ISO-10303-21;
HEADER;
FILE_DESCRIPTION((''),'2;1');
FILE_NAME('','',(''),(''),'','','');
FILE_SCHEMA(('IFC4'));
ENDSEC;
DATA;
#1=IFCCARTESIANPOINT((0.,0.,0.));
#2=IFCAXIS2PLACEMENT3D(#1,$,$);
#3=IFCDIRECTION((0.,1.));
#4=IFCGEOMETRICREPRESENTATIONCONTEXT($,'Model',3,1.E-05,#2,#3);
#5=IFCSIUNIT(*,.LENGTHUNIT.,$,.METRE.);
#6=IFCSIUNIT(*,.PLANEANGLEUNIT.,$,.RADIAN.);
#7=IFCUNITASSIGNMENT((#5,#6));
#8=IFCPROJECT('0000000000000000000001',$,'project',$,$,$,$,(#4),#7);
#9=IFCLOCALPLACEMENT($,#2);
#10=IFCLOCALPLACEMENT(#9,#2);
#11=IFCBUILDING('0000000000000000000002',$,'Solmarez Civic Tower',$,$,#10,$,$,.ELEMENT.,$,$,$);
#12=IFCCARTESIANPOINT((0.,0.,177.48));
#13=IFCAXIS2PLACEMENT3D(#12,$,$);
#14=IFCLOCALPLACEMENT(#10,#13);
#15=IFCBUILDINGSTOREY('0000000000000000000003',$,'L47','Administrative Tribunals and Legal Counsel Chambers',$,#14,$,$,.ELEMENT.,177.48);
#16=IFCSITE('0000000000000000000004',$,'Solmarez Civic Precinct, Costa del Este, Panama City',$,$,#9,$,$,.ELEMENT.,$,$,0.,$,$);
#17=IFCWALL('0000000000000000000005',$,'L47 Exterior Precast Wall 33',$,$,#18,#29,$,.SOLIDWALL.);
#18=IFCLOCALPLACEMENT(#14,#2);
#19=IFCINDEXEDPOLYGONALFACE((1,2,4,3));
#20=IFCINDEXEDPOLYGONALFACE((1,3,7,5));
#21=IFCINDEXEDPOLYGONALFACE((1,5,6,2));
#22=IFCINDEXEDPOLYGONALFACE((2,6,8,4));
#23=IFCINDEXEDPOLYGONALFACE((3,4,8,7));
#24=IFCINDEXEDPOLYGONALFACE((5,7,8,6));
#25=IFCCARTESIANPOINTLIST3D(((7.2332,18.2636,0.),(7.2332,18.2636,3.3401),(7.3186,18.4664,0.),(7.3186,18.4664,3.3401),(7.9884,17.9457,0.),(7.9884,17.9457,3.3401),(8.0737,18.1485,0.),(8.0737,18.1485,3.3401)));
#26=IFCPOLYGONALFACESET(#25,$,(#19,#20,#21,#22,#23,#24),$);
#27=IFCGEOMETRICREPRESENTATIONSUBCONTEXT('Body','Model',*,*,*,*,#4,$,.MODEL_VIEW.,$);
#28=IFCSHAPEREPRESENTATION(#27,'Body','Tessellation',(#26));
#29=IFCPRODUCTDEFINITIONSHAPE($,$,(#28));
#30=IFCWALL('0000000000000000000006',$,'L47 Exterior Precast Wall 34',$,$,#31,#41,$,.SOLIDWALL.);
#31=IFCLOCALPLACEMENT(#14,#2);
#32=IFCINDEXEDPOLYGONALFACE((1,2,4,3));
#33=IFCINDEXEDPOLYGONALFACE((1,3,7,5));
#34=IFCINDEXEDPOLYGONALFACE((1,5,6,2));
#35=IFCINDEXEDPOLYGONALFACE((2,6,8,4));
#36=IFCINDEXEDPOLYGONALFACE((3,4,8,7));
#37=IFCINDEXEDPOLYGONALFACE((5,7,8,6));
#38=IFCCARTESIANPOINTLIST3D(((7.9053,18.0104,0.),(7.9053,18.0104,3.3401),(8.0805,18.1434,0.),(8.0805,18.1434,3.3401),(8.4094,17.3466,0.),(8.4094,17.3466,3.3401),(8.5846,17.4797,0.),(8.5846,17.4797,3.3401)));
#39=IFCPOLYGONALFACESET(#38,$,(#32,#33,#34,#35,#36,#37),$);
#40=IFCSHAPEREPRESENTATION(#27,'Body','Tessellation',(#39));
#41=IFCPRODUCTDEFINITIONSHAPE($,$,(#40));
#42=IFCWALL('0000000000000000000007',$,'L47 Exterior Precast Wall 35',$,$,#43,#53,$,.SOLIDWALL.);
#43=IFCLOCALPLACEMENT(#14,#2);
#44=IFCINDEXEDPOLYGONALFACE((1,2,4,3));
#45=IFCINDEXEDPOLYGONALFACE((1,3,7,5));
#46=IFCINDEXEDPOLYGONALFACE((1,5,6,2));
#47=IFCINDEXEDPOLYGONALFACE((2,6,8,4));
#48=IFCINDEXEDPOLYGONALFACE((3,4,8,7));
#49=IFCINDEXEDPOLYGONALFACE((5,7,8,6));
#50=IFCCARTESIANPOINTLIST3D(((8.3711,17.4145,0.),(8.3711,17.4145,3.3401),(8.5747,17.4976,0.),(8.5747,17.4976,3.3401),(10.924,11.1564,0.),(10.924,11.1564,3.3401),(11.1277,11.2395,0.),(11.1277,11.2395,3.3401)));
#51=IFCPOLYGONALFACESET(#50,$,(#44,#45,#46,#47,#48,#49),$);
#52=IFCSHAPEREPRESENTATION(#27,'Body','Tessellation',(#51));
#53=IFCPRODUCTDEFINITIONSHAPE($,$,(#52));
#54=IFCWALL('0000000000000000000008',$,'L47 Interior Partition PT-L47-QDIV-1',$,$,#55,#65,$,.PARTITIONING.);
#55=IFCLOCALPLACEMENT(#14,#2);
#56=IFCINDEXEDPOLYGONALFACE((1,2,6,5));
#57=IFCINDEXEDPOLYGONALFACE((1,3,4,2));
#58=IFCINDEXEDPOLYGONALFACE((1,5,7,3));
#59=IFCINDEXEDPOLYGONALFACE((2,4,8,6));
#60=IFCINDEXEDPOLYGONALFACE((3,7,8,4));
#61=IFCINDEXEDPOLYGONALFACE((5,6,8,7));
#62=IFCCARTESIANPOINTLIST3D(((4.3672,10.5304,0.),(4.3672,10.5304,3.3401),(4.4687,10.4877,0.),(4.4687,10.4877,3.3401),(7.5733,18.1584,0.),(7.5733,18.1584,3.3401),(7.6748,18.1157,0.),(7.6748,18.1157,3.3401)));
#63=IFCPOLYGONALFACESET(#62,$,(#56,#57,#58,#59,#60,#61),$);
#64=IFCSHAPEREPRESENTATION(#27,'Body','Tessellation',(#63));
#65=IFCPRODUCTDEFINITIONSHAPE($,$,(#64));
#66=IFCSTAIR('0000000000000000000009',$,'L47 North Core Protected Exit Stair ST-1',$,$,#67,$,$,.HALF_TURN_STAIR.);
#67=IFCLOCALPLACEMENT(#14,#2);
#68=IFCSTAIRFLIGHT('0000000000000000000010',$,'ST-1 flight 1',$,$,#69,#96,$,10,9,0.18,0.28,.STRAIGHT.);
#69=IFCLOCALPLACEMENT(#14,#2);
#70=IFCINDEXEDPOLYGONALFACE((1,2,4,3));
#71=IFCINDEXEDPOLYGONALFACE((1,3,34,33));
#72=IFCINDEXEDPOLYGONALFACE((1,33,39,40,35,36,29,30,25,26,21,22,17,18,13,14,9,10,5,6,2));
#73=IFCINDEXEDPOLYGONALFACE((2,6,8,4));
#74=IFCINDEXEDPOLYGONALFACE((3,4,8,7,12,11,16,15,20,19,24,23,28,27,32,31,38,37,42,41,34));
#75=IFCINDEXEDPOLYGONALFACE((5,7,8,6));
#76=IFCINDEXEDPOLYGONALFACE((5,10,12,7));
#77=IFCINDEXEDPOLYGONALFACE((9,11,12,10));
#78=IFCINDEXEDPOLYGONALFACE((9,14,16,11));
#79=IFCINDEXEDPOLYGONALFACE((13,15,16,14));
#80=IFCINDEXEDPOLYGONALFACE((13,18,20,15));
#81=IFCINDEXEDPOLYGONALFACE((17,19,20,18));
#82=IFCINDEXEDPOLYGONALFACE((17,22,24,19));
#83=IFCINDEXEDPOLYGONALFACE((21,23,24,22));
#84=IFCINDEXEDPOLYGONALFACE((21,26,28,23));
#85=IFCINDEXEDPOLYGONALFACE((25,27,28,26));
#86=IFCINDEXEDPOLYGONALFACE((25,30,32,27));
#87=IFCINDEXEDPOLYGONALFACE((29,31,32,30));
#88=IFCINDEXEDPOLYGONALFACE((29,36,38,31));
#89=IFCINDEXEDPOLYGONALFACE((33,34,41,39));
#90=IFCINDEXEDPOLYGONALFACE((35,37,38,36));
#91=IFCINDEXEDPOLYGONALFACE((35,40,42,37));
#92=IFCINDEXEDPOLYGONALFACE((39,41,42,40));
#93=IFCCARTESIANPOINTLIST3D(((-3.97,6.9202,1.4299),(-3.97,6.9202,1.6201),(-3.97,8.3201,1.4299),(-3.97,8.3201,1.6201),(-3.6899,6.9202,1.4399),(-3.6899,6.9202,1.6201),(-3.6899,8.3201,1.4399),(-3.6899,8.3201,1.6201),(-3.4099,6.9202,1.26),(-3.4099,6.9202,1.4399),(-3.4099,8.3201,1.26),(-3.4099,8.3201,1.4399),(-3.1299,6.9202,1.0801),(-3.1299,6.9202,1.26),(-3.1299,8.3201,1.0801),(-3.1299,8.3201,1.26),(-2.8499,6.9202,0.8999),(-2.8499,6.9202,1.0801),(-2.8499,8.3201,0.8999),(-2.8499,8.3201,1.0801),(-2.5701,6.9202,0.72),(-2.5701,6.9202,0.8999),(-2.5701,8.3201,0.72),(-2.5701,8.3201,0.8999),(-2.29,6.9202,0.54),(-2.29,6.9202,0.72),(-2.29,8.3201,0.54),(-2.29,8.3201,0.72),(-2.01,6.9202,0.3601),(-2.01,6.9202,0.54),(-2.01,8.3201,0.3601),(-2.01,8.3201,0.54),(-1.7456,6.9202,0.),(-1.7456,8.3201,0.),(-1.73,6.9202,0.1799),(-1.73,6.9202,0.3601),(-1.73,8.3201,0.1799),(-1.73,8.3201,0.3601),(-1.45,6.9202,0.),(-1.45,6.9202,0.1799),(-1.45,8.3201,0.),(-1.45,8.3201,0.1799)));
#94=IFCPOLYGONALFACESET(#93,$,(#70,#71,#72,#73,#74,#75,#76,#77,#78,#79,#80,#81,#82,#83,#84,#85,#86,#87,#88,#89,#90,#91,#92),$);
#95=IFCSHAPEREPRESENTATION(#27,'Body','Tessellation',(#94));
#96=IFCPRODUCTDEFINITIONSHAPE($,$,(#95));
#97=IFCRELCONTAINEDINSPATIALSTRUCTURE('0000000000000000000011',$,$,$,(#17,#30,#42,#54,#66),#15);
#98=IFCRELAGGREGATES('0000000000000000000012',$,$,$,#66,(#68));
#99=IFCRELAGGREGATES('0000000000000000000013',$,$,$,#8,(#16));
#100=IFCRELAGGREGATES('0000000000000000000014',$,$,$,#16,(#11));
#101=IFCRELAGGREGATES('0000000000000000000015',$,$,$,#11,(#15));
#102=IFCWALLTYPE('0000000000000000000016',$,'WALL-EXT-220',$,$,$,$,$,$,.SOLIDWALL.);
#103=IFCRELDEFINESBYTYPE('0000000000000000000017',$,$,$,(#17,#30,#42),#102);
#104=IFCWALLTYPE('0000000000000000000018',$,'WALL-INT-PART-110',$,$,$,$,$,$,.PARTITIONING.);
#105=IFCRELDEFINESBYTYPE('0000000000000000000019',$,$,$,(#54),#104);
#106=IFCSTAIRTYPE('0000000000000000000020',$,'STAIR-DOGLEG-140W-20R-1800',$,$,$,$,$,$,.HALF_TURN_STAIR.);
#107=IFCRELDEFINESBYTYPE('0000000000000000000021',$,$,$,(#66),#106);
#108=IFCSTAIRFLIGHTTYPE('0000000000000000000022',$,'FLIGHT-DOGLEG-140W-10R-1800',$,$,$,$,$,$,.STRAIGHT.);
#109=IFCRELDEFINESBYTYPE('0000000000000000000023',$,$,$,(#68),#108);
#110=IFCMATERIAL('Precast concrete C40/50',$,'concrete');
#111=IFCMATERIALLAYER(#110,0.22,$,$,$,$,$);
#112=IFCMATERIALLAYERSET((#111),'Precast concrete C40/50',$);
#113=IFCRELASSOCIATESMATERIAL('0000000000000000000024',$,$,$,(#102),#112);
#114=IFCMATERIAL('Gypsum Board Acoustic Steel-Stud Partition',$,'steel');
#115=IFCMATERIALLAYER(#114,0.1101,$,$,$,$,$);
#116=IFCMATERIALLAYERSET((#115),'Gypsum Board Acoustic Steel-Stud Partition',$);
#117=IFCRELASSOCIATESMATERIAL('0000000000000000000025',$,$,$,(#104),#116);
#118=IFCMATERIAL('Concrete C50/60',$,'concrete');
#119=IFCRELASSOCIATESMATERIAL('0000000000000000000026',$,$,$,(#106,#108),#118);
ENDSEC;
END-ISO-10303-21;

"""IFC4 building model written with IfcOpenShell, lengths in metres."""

from ifc_helpers import new_model, si_unit, direction, frame, frame_2d, origin, place, context, subcontext, project, spatial, polyline, rectangle, outline, extrude, material, layer, layer_set, type_object, element, aggregate, save


model = new_model("IFC4")

# Units and contexts
model_context = context("Model", 3, precision=1e-05, world=origin(), true_north=direction((0.0, 1.0)))
body_context = subcontext(model_context, "Body", "Model", "MODEL_VIEW")
ifc_project = project(units=[si_unit("LENGTHUNIT", "METRE"), si_unit("PLANEANGLEUNIT", "RADIAN")], contexts=[model_context])

# Site, building, storey
site_placement = place(None, origin())
site = spatial("IfcSite", under=ifc_project, at=site_placement, Name="Solmarez Civic Precinct, Costa del Este, Panama City", CompositionType="ELEMENT", RefElevation=0.0)
building_placement = place(site_placement, origin())
building = spatial("IfcBuilding", under=site, at=building_placement, Name="Solmarez Civic Tower", CompositionType="ELEMENT")
storey_placement = place(building_placement, frame((0.0, 0.0, 177.48)))
storey = spatial("IfcBuildingStorey", under=building, at=storey_placement, Name="L47", Description="Administrative Tribunals and Legal Counsel Chambers", CompositionType="ELEMENT", Elevation=177.48)

# Shared definitions
ifc_material_1 = material(Name="Concrete C50/60", Category="concrete")

# Shared definitions
ifc_material_2 = material(Name="Precast concrete C40/50", Category="concrete")
ifc_layer_1 = layer(ifc_material_2, 0.22)
ifc_layer_set_1 = layer_set([ifc_layer_1], Name="Precast concrete C40/50")
wall_type_1 = type_object("IfcWallType", Name="WALL-EXT-220", PredefinedType="SOLIDWALL", material=ifc_layer_set_1)

# Walls
wall_1_placement = place(storey_placement, frame((7.2759, 18.365, 0.0), z_axis=(0.0, 0.0, 1.0), x_axis=(0.921669, -0.387977, 0.0)))
element("IfcWall", 1, at=wall_1_placement, inside=storey, type_object=wall_type_1, Name="L47 Exterior Precast Wall 33", PredefinedType="SOLIDWALL", context=body_context, shape_type="SweptSolid", body=[
    extrude(rectangle(XDim=0.8193, YDim=0.22, at=frame_2d((0.4097, 0.0))), origin(), (0.0, 0.0, 1.0), 3.3401),
])
wall_2_placement = place(storey_placement, frame((7.9929, 18.0769, 0.0), z_axis=(0.0, 0.0, 1.0), x_axis=(0.604816, -0.796365, 0.0)))
element("IfcWall", 2, at=wall_2_placement, inside=storey, type_object=wall_type_1, Name="L47 Exterior Precast Wall 34", PredefinedType="SOLIDWALL", context=body_context, shape_type="SweptSolid", body=[
    extrude(rectangle(XDim=0.8335, YDim=0.22, at=frame_2d((0.4167, 0.0))), origin(), (0.0, 0.0, 1.0), 3.3401),
])
wall_3_placement = place(storey_placement, frame((8.4729, 17.4561, 0.0), z_axis=(0.0, 0.0, 1.0), x_axis=(0.377728, -0.925916, 0.0)))
element("IfcWall", 3, at=wall_3_placement, inside=storey, type_object=wall_type_1, Name="L47 Exterior Precast Wall 35", PredefinedType="SOLIDWALL", context=body_context, shape_type="SweptSolid", body=[
    extrude(rectangle(XDim=6.7588, YDim=0.22, at=frame_2d((3.3794, 0.0))), origin(), (0.0, 0.0, 1.0), 3.3401),
])
ifc_material_3 = material(Name="Gypsum Board Acoustic Steel-Stud Partition", Category="steel")
ifc_layer_2 = layer(ifc_material_3, 0.1101)
ifc_layer_set_2 = layer_set([ifc_layer_2], Name="Gypsum Board Acoustic Steel-Stud Partition")
wall_type_2 = type_object("IfcWallType", Name="WALL-INT-PART-110", PredefinedType="PARTITIONING", material=ifc_layer_set_2)
wall_4_placement = place(storey_placement, frame((4.418, 10.509, 0.0), z_axis=(0.0, 0.0, 1.0), x_axis=(0.387471, 0.921882, 0.0)))
element("IfcWall", 4, at=wall_4_placement, inside=storey, type_object=wall_type_2, Name="L47 Interior Partition PT-L47-QDIV-1", PredefinedType="PARTITIONING", context=body_context, shape_type="SweptSolid", body=[
    extrude(rectangle(XDim=8.2744, YDim=0.1101, at=frame_2d((4.1372, 0.0))), origin(), (0.0, 0.0, 1.0), 3.3401),
])

# Stair, stair flight
stair_type = type_object("IfcStairType", Name="STAIR-DOGLEG-140W-20R-1800", PredefinedType="HALF_TURN_STAIR", material=ifc_material_1)
stair_placement = place(storey_placement, origin())
stair = element("IfcStair", 5, at=stair_placement, inside=storey, type_object=stair_type, Name="L47 North Core Protected Exit Stair ST-1", PredefinedType="HALF_TURN_STAIR")
stair_flight_type = type_object("IfcStairFlightType", Name="FLIGHT-DOGLEG-140W-10R-1800", PredefinedType="STRAIGHT", material=ifc_material_1)
stair_flight_placement = place(storey_placement, frame((-1.45, 7.6201, 0.0), z_axis=(0.0, 0.0, 1.0), x_axis=(-1.0, 0.0, 0.0)))
stair_flight = element("IfcStairFlight", 6, at=stair_flight_placement, type_object=stair_flight_type, Name="ST-1 flight 1", NumberOfRisers=10, NumberOfTreads=9, PredefinedType="STRAIGHT", RiserHeight=0.18, TreadLength=0.28, context=body_context, shape_type="SweptSolid", body=[
    extrude(outline(polyline([(0.0, 0.0), (0.0, 0.1799), (0.28, 0.1799), (0.28, 0.3601), (0.5601, 0.3601), (0.5601, 0.54), (0.8401, 0.54), (0.8401, 0.72), (1.1201, 0.72), (1.1201, 0.8999), (1.3999, 0.8999), (1.3999, 1.0801), (1.6799, 1.0801), (1.6799, 1.26), (1.96, 1.26), (1.96, 1.4399), (2.24, 1.4399), (2.24, 1.6201), (2.52, 1.6201), (2.52, 1.8), (2.52, 1.4299), (0.2957, 0.0), (0.0, 0.0)])), frame((0.0, 0.7, 0.0), z_axis=(0.0, -1.0, 0.0), x_axis=(1.0, 0.0, 0.0)), (0.0, 0.0, 1.0), 1.3999),
])
aggregate(stair, [stair_flight])

save(model, "model.ifc")
